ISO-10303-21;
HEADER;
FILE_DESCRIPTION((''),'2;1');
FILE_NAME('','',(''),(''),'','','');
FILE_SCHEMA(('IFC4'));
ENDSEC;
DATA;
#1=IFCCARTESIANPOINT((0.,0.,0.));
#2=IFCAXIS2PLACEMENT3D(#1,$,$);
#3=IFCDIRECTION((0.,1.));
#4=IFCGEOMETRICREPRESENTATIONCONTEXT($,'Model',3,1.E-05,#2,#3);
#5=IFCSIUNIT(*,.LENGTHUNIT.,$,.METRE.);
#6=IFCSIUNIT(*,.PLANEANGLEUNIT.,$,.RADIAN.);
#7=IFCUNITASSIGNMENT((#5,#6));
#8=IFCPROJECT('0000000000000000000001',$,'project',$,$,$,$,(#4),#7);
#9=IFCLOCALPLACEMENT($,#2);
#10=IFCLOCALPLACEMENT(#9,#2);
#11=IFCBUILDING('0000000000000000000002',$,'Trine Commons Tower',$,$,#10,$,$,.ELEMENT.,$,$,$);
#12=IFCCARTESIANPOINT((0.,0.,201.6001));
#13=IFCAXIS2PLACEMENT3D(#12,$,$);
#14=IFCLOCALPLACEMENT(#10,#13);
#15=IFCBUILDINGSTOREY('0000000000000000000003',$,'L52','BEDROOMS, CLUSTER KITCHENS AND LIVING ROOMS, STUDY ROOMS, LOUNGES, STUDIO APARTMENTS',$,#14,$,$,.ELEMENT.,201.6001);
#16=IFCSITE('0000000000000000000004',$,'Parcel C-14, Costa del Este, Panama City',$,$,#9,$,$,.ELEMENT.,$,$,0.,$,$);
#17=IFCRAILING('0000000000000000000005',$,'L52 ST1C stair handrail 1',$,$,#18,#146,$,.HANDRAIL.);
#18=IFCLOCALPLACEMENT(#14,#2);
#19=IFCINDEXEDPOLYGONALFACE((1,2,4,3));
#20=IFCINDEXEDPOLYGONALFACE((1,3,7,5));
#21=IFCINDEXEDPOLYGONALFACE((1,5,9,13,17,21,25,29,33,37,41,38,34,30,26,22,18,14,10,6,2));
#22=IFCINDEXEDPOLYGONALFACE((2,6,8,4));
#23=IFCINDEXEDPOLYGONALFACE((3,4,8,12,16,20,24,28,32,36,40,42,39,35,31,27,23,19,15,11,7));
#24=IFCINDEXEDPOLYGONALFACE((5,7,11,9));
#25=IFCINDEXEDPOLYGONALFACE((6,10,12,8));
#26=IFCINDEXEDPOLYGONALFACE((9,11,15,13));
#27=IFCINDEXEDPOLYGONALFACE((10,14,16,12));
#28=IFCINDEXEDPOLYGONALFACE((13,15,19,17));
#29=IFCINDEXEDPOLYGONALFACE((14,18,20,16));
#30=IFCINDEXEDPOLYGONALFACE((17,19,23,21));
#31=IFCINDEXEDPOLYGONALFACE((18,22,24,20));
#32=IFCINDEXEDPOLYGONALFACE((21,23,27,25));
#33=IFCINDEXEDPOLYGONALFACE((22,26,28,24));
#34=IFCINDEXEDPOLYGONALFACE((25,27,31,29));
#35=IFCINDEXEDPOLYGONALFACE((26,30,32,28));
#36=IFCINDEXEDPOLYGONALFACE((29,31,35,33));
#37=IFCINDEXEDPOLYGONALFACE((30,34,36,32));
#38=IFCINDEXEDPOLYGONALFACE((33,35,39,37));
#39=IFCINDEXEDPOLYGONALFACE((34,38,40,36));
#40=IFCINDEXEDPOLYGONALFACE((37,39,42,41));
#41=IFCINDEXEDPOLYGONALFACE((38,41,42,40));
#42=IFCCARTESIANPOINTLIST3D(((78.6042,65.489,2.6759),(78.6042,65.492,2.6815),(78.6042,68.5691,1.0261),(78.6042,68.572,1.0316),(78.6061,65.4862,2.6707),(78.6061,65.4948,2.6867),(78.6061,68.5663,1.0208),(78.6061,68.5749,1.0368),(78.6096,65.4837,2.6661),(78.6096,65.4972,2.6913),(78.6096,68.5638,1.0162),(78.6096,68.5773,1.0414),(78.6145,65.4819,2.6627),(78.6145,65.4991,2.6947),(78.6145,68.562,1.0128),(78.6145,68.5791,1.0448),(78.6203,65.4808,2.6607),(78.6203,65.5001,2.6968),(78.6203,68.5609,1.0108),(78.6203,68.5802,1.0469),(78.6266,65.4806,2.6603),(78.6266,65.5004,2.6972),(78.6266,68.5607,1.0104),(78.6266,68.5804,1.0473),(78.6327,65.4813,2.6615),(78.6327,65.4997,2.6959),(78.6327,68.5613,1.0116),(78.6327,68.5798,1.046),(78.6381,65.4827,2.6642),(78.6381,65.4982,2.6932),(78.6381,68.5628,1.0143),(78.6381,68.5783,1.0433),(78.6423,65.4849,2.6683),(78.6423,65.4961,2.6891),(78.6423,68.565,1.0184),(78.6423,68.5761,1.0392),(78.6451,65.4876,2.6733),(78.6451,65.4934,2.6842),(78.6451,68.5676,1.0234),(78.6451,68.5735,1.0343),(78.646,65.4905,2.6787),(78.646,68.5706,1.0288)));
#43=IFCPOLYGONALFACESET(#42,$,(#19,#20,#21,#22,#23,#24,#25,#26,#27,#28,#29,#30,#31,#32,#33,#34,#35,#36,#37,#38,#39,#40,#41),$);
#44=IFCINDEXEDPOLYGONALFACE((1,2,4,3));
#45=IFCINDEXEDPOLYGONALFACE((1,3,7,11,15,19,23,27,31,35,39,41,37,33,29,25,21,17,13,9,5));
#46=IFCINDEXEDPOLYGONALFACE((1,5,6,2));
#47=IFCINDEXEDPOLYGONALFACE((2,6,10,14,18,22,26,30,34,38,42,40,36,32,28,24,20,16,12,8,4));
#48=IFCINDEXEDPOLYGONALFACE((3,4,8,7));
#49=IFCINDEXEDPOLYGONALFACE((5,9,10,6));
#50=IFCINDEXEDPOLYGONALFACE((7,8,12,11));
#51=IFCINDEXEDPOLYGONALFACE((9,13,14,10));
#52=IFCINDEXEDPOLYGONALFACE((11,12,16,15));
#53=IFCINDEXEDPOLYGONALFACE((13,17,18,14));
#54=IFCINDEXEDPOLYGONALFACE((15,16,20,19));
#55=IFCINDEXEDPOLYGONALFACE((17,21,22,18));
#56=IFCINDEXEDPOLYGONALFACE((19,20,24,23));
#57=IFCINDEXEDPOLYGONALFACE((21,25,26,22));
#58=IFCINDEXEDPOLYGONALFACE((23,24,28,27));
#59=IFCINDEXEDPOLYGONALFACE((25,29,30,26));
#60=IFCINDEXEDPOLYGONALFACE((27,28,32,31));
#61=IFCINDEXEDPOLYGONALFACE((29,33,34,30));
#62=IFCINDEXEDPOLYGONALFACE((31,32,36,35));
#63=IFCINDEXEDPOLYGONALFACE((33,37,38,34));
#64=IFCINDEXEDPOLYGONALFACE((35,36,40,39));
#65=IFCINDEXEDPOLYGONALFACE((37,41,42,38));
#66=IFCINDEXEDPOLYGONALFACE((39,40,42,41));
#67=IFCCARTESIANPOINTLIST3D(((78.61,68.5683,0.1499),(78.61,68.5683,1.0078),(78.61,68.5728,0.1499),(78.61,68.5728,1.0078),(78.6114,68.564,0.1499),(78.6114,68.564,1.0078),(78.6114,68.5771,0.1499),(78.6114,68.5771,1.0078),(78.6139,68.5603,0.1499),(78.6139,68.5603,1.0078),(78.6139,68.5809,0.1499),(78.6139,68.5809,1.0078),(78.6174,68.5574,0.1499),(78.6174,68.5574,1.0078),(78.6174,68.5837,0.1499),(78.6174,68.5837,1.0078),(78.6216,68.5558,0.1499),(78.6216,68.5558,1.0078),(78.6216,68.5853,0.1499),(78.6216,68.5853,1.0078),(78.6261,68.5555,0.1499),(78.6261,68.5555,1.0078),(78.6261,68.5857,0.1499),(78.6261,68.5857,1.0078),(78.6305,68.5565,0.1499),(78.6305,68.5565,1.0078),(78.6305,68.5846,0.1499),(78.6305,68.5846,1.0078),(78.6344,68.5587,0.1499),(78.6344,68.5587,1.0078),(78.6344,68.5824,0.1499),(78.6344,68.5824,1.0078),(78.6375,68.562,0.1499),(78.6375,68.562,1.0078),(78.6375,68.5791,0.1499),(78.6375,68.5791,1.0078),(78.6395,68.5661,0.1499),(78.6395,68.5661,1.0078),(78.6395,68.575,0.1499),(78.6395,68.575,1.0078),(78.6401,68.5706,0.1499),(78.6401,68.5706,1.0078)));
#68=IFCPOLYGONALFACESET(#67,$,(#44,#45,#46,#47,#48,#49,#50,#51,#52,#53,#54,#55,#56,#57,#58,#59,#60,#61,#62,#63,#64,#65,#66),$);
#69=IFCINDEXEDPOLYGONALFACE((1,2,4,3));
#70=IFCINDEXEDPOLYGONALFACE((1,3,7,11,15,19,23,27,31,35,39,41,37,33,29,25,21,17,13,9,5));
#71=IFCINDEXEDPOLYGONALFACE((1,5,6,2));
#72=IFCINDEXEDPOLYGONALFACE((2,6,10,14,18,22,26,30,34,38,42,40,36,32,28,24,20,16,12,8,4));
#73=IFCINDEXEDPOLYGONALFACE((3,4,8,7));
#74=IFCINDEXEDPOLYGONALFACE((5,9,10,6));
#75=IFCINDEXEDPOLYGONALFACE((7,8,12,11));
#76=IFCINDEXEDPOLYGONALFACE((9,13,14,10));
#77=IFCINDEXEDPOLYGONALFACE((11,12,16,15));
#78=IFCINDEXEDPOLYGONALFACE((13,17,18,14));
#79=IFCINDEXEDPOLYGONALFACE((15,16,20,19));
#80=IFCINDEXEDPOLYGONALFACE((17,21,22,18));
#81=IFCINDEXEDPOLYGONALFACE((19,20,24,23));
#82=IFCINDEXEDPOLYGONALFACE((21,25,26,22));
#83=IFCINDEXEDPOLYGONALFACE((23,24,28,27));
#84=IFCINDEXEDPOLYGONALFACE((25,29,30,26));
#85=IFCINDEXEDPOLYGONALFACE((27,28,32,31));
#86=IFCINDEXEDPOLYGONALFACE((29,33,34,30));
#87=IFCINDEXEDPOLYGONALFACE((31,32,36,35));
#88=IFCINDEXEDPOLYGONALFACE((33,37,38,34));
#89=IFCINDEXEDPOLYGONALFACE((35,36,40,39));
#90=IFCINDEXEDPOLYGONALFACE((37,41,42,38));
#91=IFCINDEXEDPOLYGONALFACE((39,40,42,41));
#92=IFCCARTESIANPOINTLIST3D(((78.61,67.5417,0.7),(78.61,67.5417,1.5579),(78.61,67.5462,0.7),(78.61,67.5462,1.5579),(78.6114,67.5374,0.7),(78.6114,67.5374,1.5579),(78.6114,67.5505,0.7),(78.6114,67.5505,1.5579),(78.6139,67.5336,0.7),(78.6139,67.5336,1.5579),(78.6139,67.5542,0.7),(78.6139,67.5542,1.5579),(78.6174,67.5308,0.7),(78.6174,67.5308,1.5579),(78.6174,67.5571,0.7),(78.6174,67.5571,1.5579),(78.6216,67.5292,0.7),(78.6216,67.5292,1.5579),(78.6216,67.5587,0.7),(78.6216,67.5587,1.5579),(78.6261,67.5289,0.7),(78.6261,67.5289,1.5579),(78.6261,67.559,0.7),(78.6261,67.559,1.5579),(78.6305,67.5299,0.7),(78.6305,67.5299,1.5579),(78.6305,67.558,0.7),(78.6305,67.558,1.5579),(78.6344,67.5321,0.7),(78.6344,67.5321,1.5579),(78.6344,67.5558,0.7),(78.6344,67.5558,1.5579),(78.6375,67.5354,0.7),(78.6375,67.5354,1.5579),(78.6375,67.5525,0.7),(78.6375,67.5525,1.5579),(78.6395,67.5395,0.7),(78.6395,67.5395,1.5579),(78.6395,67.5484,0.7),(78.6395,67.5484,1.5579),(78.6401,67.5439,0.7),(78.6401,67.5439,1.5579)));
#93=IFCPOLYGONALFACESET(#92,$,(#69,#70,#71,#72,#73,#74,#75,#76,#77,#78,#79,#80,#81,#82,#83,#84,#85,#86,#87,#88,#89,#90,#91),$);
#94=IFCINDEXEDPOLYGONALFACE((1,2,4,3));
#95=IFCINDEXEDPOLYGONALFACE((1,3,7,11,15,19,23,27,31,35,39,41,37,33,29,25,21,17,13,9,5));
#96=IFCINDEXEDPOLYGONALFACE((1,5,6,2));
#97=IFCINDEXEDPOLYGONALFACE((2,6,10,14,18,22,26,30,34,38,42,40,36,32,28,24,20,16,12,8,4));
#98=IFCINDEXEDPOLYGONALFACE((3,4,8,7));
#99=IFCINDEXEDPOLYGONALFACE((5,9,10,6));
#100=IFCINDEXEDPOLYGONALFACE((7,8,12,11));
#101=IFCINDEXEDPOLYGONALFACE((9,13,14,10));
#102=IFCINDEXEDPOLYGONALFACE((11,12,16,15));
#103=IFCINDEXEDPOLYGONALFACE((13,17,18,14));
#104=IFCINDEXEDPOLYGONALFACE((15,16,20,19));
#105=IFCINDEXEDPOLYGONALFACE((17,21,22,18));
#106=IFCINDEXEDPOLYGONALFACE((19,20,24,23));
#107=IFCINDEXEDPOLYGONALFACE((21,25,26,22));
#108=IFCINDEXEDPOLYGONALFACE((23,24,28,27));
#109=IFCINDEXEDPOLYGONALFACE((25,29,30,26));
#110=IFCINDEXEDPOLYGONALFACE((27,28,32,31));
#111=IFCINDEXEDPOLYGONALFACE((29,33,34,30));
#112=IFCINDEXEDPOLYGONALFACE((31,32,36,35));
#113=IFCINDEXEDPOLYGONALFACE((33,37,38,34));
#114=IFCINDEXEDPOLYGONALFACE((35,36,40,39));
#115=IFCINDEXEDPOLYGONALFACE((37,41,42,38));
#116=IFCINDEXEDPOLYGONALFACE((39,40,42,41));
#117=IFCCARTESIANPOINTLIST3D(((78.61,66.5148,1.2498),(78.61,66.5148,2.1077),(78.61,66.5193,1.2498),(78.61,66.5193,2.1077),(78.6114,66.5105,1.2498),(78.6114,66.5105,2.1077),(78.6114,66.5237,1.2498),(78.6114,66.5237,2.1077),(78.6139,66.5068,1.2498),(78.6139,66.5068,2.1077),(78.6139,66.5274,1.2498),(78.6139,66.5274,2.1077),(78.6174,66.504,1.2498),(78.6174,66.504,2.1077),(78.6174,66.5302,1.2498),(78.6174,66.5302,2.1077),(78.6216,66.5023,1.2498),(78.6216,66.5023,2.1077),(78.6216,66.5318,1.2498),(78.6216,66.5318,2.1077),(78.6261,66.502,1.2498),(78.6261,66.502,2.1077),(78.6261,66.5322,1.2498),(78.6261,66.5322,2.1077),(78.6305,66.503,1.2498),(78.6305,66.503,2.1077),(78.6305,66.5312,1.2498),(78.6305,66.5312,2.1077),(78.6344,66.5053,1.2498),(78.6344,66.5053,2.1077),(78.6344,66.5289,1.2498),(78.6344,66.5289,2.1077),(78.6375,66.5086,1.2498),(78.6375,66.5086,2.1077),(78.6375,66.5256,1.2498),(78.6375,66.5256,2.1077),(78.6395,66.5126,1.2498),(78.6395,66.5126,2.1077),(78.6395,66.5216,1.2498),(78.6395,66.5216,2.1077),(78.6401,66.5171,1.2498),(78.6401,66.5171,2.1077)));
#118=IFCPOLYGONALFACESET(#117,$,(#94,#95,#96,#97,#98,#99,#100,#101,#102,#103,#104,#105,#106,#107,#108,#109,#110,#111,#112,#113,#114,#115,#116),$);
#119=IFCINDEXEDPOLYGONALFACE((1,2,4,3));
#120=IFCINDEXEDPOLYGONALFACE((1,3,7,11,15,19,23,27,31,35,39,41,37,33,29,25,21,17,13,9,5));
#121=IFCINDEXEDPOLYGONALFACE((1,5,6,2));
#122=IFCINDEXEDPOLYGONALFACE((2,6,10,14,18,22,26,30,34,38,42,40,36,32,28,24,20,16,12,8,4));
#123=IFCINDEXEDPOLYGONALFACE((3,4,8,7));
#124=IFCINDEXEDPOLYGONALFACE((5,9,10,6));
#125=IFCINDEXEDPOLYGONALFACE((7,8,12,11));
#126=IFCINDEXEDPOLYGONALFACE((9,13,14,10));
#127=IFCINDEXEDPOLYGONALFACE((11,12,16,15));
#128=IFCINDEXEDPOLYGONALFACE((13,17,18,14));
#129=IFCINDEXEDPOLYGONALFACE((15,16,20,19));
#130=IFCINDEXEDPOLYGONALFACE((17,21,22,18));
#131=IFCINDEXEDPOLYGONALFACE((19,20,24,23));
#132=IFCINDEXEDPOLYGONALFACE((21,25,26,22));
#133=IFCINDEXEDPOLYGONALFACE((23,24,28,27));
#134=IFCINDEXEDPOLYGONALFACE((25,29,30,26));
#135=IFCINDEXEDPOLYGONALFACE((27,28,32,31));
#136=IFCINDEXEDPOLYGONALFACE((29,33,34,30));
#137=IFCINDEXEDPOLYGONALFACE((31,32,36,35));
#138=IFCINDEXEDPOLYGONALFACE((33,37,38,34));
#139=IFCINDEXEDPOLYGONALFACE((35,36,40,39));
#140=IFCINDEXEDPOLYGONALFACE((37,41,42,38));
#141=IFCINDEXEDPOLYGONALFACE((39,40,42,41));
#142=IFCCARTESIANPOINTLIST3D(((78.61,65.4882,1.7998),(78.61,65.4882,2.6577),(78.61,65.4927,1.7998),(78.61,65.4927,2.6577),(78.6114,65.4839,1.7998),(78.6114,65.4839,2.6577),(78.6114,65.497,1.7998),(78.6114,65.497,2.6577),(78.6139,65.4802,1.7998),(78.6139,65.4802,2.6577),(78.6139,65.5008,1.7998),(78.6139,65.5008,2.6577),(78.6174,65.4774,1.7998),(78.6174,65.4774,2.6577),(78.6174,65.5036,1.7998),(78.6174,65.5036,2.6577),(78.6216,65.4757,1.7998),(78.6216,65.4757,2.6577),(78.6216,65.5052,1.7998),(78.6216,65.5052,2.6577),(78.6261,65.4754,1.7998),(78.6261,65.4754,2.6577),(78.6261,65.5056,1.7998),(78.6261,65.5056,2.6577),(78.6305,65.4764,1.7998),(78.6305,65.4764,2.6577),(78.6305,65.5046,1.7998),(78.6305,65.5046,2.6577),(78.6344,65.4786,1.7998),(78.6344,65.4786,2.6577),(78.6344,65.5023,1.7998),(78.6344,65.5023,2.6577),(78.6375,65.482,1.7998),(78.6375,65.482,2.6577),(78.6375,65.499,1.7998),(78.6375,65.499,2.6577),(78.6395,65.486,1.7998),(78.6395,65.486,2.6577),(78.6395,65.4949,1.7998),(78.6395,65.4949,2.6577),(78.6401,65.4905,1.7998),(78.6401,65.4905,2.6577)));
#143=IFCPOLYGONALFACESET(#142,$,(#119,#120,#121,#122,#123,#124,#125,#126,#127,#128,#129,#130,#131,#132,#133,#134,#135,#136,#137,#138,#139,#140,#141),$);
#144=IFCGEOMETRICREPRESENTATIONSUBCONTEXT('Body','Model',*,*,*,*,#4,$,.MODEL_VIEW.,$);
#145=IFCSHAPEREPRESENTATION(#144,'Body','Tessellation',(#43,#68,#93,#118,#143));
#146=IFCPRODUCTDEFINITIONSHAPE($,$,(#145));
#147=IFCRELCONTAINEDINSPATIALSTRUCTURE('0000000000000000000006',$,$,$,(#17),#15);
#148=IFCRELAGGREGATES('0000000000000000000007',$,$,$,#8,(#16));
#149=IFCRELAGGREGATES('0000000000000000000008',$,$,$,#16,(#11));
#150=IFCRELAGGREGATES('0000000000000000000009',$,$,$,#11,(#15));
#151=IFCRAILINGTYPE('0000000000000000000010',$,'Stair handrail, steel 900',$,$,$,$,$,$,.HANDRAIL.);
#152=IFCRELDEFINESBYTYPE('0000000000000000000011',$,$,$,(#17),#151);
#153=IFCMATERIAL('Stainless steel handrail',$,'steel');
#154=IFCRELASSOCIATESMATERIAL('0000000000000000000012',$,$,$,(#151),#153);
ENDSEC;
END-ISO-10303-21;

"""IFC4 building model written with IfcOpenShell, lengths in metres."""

from ifc_helpers import new_model, si_unit, direction, frame, origin, origin_2d, place, context, subcontext, project, spatial, circle, extrude, material, type_object, element, save


model = new_model("IFC4")

# Units and contexts
model_context = context("Model", 3, precision=1e-05, world=origin(), true_north=direction((0.0, 1.0)))
body_context = subcontext(model_context, "Body", "Model", "MODEL_VIEW")
ifc_project = project(units=[si_unit("LENGTHUNIT", "METRE"), si_unit("PLANEANGLEUNIT", "RADIAN")], contexts=[model_context])

# Site, building, storey
site_placement = place(None, origin())
site = spatial("IfcSite", under=ifc_project, at=site_placement, Name="Parcel C-14, Costa del Este, Panama City", CompositionType="ELEMENT", RefElevation=0.0)
building_placement = place(site_placement, origin())
building = spatial("IfcBuilding", under=site, at=building_placement, Name="Trine Commons Tower", CompositionType="ELEMENT")
storey_placement = place(building_placement, frame((0.0, 0.0, 201.6001)))
storey = spatial("IfcBuildingStorey", under=building, at=storey_placement, Name="L52", Description="BEDROOMS, CLUSTER KITCHENS AND LIVING ROOMS, STUDY ROOMS, LOUNGES, STUDIO APARTMENTS", CompositionType="ELEMENT", Elevation=201.6001)

# Railing
ifc_material_1 = material(Name="Stainless steel handrail", Category="steel")
railing_type = type_object("IfcRailingType", Name="Stair handrail, steel 900", PredefinedType="HANDRAIL", material=ifc_material_1)
railing_placement = place(storey_placement, frame((78.625, 68.5706, 0.1499)))
element("IfcRailing", 1, at=railing_placement, inside=storey, type_object=railing_type, Name="L52 ST1C stair handrail 1", PredefinedType="HANDRAIL", context=body_context, shape_type="SweptSolid", body=[
    extrude(circle(Radius=0.021, at=origin_2d()), frame((0.0, 0.0, 0.8789), z_axis=(0.0, -0.881497, 0.47219), x_axis=(1.0, 0.0, 0.0)), (0.0, 0.0, 1.0), 3.4941),
    extrude(circle(Radius=0.0151, at=origin_2d()), origin(), (0.0, 0.0, 1.0), 0.8579),
    extrude(circle(Radius=0.0151, at=origin_2d()), frame((0.0, -1.0266, 0.55)), (0.0, 0.0, 1.0), 0.8579),
    extrude(circle(Radius=0.0151, at=origin_2d()), frame((0.0, -2.0535, 1.0999)), (0.0, 0.0, 1.0), 0.8579),
    extrude(circle(Radius=0.0151, at=origin_2d()), frame((0.0, -3.0801, 1.6499)), (0.0, 0.0, 1.0), 0.8579),
])

save(model, "model.ifc")
